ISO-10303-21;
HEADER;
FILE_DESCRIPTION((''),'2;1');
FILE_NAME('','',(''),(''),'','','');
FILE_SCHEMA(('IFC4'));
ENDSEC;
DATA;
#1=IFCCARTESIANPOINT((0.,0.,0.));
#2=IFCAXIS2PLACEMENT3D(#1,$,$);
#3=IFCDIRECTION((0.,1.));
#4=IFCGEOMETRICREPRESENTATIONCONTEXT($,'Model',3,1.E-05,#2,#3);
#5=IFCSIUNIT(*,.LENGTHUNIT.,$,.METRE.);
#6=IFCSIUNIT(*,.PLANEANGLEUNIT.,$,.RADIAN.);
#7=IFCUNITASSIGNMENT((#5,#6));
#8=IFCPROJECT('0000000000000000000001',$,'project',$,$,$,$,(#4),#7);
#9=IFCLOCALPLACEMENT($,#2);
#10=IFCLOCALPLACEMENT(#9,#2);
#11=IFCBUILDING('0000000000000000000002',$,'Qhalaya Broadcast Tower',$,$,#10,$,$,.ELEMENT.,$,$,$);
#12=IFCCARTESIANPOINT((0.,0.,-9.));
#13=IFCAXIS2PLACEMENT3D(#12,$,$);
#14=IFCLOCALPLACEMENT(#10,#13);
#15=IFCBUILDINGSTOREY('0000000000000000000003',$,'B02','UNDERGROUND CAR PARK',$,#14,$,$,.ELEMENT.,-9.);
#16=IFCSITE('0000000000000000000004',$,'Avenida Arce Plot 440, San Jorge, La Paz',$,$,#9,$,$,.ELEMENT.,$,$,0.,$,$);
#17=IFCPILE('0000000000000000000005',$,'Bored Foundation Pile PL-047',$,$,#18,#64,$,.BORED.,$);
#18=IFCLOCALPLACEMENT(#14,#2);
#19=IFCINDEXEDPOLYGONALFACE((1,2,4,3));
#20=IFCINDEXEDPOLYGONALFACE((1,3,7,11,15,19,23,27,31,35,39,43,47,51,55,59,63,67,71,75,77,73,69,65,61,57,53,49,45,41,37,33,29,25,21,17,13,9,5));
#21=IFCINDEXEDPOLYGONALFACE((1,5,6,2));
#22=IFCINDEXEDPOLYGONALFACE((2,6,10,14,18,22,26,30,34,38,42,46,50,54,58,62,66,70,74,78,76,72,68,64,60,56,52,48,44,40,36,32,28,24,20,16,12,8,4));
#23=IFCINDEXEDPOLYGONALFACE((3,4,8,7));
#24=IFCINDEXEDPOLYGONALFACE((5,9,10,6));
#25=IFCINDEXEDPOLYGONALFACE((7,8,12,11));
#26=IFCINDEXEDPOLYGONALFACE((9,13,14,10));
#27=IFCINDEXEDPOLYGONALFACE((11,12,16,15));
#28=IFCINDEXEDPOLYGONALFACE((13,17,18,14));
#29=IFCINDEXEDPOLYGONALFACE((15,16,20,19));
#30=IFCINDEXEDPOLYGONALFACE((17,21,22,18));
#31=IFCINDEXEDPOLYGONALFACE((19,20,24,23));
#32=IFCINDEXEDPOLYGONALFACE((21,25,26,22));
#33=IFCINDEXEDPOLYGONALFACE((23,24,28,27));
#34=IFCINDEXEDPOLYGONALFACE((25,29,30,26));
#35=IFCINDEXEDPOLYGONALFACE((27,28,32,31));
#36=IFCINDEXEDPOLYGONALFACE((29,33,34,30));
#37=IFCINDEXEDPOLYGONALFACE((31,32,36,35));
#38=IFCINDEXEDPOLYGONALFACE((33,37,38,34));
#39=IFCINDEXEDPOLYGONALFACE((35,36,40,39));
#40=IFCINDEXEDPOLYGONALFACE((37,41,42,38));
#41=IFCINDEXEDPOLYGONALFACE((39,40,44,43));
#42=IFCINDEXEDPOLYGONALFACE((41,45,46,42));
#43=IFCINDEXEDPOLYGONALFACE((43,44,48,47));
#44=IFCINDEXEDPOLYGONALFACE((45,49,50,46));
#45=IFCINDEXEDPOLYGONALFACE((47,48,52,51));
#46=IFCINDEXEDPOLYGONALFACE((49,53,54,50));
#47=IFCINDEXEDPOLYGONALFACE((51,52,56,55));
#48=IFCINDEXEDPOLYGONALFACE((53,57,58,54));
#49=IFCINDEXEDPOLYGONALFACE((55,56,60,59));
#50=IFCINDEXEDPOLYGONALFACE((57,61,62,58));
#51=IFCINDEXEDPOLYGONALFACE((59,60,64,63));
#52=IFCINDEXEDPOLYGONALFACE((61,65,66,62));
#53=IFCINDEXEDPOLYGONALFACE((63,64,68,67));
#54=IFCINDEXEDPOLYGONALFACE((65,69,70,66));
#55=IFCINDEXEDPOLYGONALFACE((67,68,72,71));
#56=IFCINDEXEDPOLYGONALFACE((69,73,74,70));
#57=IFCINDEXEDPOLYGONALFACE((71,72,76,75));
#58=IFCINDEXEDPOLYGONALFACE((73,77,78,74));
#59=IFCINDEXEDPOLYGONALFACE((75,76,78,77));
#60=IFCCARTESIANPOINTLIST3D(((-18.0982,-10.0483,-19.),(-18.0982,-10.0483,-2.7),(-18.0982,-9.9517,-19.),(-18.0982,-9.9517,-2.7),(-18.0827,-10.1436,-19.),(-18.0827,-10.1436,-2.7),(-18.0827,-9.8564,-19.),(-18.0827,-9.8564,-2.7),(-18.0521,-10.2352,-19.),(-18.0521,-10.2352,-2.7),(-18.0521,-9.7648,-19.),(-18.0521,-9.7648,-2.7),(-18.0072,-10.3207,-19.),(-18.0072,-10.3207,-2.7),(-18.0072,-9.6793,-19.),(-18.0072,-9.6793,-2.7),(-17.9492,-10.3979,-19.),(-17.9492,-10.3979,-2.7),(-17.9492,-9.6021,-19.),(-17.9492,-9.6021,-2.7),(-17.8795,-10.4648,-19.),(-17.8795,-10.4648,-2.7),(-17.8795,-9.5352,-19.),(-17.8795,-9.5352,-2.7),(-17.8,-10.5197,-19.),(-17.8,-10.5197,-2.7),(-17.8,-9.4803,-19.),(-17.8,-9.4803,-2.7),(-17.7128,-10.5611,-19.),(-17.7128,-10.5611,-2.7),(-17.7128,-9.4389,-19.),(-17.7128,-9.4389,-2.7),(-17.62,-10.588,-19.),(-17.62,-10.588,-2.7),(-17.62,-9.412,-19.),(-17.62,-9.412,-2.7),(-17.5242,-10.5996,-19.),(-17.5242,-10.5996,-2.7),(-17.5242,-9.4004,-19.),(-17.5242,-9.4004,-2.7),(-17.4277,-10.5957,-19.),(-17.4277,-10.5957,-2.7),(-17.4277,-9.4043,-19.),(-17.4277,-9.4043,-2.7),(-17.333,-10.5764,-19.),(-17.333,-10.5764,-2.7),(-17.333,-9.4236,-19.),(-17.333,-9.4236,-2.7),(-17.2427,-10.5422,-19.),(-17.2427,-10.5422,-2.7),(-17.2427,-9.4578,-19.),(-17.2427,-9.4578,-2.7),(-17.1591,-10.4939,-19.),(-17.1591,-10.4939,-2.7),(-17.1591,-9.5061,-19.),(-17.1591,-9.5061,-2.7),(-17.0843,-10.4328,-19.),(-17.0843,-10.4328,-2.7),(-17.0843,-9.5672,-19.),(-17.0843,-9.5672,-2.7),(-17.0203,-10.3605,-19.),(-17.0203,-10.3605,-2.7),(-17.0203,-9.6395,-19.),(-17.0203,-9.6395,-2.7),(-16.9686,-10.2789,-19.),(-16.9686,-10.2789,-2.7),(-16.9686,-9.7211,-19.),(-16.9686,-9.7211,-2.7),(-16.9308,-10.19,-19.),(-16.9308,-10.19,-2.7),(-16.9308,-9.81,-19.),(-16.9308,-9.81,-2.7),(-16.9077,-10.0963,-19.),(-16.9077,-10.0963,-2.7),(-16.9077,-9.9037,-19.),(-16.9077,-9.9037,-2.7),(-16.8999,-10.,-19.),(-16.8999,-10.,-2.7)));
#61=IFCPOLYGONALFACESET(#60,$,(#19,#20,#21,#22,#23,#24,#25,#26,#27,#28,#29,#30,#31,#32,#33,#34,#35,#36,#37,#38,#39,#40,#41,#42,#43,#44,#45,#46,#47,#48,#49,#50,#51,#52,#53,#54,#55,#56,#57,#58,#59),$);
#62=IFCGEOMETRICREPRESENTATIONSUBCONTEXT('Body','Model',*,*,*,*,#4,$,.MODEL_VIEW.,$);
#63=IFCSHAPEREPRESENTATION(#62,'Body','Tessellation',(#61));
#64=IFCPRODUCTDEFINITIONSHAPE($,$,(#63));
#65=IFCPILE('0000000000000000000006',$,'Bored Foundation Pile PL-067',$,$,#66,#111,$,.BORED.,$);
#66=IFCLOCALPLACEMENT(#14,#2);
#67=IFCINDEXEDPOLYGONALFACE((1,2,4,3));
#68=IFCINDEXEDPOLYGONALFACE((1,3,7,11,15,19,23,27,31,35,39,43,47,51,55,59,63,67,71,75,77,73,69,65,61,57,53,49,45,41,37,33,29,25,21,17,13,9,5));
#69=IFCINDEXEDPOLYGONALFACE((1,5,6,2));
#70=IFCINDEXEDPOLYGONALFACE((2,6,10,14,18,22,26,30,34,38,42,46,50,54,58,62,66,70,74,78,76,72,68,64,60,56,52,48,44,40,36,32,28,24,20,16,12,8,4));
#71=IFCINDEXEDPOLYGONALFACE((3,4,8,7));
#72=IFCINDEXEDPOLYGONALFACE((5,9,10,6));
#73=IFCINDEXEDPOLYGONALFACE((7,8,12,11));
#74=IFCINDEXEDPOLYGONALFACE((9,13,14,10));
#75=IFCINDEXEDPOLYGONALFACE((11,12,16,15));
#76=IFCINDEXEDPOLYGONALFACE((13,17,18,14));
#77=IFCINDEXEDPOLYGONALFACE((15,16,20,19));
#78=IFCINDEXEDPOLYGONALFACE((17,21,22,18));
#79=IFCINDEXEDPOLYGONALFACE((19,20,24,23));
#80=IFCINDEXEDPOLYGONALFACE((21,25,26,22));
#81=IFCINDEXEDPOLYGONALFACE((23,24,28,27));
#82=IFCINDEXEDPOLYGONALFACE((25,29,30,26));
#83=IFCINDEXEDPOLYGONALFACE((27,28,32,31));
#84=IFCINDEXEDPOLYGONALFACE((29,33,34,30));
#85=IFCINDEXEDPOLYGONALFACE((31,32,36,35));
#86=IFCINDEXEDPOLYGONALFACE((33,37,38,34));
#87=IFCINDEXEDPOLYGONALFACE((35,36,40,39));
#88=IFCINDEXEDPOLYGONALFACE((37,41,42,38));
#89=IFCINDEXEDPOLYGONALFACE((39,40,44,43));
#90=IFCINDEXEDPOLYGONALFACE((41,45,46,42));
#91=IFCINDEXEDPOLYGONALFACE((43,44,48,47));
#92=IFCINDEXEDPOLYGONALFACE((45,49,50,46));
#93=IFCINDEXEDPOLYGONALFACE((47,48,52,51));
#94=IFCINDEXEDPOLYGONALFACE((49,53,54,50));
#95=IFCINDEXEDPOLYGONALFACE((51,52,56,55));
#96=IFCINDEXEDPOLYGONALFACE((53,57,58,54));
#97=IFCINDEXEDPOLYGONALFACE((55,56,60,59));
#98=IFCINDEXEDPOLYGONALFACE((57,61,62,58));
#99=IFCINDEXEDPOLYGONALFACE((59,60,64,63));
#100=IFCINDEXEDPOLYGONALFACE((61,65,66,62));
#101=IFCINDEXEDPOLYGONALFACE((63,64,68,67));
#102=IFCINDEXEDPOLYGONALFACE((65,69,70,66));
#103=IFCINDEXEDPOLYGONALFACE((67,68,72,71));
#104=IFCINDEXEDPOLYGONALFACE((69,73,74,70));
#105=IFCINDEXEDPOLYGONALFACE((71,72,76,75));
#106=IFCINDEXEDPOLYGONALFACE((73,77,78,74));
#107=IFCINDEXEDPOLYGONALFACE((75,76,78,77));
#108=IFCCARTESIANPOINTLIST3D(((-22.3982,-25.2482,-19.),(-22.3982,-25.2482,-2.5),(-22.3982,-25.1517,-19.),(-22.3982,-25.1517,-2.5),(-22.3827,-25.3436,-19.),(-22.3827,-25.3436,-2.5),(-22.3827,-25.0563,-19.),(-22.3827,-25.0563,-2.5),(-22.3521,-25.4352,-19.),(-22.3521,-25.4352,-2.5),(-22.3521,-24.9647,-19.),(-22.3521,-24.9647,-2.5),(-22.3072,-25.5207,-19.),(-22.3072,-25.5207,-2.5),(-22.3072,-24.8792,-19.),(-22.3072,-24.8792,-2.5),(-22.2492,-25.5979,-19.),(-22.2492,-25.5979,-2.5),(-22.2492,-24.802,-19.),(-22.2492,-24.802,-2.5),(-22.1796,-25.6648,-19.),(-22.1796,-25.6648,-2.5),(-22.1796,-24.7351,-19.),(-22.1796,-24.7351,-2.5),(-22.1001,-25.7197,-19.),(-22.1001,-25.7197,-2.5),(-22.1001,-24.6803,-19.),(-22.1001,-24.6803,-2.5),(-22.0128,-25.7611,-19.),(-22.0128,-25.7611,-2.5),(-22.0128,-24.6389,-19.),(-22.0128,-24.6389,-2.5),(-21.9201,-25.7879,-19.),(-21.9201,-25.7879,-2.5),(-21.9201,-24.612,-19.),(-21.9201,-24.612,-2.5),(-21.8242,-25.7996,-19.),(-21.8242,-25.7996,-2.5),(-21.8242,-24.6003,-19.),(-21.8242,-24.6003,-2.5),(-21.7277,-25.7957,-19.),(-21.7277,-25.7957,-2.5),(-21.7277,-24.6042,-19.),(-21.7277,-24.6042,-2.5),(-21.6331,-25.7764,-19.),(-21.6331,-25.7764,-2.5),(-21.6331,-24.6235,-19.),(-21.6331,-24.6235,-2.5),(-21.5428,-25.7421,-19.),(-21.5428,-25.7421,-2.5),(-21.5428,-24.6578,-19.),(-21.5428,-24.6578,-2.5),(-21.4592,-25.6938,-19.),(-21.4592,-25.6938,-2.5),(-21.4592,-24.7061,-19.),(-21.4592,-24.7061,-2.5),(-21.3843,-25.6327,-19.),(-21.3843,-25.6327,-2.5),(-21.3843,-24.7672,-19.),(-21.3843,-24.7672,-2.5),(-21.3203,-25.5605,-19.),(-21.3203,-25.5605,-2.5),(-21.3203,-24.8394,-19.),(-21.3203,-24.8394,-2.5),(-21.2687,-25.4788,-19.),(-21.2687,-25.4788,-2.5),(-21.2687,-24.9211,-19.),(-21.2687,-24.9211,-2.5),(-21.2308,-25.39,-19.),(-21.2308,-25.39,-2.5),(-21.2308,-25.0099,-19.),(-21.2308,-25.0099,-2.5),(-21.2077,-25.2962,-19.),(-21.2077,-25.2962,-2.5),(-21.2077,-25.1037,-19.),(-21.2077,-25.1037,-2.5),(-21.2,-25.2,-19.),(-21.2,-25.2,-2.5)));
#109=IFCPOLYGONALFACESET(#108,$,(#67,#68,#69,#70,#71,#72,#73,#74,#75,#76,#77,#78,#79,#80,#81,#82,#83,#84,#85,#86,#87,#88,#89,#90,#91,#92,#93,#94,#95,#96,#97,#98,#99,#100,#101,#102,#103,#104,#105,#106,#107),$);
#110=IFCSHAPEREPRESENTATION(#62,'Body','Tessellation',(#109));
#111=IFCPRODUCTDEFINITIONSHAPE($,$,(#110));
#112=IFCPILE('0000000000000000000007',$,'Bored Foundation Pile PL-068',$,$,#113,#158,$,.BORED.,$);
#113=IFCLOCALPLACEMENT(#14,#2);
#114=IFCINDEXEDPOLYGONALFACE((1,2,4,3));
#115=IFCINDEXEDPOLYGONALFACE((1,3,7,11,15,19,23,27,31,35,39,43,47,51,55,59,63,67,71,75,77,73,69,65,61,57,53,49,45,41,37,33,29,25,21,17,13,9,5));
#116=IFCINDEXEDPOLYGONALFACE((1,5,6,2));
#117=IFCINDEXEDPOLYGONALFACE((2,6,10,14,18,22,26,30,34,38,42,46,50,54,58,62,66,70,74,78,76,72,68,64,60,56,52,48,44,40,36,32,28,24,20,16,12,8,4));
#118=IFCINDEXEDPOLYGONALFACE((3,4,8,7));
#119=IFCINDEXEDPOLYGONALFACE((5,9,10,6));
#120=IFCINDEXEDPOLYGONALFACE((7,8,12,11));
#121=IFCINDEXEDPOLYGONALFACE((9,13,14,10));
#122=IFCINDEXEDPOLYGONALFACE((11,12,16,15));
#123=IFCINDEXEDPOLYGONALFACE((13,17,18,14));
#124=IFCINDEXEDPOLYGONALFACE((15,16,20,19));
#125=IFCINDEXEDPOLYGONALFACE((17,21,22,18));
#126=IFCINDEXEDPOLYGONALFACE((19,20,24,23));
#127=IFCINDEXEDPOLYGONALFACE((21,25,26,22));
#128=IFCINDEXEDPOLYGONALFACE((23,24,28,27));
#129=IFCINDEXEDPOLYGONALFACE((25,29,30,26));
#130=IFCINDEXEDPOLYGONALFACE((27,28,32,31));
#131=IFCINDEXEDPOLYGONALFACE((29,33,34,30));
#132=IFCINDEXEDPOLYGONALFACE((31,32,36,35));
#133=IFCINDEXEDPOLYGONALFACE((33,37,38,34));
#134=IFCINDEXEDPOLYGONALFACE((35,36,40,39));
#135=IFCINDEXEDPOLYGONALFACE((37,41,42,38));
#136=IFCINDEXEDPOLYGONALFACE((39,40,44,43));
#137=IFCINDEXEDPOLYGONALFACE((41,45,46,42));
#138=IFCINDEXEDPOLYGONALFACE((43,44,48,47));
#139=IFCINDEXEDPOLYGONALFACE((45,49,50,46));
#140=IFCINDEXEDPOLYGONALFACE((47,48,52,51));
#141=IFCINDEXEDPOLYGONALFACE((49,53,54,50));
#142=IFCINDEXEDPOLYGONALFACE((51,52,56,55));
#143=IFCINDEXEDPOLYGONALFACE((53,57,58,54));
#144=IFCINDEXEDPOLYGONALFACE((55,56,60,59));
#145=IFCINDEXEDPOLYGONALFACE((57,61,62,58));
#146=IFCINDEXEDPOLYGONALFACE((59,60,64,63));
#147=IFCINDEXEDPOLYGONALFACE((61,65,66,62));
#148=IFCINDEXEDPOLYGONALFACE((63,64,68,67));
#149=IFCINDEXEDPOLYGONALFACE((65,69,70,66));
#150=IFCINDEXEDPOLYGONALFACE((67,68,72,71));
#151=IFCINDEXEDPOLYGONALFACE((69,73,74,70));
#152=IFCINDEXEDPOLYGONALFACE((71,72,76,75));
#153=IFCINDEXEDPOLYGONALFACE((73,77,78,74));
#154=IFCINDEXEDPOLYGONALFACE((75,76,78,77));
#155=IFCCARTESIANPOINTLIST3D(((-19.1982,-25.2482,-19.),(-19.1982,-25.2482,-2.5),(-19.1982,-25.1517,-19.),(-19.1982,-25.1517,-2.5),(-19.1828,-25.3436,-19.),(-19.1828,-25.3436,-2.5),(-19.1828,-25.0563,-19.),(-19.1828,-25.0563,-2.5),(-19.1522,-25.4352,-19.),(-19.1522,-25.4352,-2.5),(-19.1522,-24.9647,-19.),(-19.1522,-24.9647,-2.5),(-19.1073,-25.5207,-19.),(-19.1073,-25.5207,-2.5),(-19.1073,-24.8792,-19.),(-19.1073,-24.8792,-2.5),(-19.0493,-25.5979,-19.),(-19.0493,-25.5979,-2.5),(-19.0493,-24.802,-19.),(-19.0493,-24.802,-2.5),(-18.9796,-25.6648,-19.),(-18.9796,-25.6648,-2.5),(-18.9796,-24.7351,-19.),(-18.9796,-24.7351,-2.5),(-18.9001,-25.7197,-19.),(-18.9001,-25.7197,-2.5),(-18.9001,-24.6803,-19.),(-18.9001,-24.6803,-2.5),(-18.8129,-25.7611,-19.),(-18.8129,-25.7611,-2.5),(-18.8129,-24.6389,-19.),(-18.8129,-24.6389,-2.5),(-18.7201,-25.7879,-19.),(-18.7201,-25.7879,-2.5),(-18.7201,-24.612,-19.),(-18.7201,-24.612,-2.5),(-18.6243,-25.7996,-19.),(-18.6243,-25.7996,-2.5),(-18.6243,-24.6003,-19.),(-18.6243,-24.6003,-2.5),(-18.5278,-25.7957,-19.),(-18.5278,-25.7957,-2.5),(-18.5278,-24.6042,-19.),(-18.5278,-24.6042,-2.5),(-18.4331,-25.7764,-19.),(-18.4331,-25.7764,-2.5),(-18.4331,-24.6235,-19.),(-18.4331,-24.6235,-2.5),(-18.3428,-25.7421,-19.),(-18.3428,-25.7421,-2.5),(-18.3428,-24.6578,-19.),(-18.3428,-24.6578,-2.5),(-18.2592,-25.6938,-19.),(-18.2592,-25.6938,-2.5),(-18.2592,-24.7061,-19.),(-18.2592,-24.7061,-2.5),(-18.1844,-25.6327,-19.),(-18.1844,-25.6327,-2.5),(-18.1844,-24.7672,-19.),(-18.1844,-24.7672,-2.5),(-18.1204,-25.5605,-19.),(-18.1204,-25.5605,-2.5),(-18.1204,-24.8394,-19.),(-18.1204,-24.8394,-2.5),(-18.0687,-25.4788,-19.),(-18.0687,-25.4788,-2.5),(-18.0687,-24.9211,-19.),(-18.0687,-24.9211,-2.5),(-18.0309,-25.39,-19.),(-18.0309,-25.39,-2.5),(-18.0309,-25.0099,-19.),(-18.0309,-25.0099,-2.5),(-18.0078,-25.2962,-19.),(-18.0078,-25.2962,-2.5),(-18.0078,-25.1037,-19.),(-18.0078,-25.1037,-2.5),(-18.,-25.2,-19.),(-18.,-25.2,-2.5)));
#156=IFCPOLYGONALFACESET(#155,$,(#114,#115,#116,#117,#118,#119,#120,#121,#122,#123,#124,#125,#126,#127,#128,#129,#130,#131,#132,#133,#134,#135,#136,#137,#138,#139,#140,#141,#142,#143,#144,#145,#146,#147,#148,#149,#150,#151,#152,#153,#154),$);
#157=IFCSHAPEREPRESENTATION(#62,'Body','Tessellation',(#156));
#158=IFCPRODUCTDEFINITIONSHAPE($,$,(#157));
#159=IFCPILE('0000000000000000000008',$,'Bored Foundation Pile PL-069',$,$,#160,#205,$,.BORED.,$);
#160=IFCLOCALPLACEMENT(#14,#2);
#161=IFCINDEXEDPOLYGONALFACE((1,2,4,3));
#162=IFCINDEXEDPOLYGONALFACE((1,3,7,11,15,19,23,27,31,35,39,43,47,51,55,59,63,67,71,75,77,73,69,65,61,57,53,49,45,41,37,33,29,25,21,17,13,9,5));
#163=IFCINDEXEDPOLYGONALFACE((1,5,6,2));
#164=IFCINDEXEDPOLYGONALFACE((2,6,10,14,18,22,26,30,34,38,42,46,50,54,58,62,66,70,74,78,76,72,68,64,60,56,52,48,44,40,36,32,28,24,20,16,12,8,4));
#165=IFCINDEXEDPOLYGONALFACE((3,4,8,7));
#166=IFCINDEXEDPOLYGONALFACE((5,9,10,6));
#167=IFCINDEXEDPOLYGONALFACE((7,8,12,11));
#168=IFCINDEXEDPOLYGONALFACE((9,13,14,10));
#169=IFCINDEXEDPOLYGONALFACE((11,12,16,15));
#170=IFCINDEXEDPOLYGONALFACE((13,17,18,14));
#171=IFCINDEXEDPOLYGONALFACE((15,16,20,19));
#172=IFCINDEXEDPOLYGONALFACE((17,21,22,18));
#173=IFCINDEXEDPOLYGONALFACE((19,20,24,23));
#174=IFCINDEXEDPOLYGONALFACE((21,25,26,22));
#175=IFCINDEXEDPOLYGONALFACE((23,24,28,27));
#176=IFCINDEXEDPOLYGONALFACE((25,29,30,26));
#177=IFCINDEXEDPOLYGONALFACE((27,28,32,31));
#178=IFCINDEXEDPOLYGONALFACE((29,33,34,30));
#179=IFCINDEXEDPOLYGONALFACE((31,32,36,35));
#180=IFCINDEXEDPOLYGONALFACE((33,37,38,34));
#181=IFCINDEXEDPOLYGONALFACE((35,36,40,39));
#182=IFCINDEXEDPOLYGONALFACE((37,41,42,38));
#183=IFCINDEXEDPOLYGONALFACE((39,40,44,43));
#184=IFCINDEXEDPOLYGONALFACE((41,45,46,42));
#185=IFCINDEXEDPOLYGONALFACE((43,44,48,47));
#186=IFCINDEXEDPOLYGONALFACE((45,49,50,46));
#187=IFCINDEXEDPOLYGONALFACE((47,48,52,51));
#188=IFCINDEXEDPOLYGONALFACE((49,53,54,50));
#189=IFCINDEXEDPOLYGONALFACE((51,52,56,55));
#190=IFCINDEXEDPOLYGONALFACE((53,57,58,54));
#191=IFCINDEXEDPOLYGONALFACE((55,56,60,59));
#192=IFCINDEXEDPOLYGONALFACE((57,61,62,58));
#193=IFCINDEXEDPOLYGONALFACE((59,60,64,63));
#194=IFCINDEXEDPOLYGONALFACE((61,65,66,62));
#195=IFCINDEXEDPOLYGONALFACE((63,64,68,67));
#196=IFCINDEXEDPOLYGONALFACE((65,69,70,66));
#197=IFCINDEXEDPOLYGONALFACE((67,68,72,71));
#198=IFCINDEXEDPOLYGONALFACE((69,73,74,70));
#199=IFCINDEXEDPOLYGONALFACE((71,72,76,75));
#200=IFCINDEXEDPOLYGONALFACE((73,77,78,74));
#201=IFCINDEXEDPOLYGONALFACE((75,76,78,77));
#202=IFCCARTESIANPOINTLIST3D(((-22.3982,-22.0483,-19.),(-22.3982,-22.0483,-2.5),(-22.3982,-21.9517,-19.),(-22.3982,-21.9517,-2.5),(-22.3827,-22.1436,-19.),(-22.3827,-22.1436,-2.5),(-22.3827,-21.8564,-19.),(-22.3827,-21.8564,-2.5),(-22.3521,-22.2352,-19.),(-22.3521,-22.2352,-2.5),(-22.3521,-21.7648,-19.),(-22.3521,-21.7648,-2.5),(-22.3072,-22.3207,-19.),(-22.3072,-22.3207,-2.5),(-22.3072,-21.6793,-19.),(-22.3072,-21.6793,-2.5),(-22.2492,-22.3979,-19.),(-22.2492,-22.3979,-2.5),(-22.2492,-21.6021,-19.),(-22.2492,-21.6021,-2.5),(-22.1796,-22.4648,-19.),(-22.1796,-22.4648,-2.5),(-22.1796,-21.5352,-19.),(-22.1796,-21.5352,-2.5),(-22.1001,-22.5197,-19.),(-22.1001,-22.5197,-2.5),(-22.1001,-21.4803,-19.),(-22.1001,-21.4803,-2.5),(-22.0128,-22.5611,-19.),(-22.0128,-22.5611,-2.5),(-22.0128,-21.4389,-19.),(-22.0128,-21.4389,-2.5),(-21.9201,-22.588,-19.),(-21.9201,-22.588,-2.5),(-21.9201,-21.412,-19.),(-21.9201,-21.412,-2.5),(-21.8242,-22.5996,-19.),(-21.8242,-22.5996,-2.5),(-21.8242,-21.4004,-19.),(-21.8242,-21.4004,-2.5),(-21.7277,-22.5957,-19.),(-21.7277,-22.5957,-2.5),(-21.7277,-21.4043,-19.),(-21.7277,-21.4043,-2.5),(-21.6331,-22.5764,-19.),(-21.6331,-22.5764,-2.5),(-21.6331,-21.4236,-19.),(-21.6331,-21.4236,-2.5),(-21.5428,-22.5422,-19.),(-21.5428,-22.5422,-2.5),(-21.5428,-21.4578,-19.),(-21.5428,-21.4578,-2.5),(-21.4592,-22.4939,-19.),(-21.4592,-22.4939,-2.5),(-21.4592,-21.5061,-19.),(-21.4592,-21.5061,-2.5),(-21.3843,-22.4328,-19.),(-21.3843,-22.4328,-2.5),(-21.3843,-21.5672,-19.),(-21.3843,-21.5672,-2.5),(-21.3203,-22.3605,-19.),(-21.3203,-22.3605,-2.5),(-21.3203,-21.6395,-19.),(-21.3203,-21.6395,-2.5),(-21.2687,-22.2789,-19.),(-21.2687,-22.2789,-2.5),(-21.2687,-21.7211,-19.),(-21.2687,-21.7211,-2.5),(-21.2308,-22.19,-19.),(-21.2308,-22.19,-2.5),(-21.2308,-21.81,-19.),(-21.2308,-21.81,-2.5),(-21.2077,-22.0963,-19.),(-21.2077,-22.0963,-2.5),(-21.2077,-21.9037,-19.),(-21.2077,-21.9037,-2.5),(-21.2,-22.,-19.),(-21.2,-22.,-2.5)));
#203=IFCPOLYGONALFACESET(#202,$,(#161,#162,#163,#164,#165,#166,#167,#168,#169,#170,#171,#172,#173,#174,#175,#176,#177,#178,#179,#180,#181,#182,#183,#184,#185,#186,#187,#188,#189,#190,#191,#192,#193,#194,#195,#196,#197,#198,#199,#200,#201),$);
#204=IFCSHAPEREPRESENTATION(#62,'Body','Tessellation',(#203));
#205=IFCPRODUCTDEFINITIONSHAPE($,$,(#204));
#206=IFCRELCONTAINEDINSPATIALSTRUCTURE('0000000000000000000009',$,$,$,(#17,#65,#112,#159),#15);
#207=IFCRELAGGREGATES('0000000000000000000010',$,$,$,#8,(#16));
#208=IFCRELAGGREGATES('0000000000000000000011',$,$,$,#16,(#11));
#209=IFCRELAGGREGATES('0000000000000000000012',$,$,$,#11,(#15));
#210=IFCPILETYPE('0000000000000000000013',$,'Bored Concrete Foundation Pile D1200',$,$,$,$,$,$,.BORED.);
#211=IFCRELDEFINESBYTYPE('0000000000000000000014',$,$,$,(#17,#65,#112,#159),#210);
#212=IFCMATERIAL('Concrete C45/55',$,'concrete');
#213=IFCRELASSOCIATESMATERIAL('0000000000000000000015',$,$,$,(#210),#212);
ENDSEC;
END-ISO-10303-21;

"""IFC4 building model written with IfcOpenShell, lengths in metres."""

from ifc_helpers import new_model, si_unit, direction, frame, origin, origin_2d, place, context, subcontext, project, spatial, circle, extrude, material, material_profile, profile_set, type_object, element, save


model = new_model("IFC4")

# Units and contexts
model_context = context("Model", 3, precision=1e-05, world=origin(), true_north=direction((0.0, 1.0)))
body_context = subcontext(model_context, "Body", "Model", "MODEL_VIEW")
ifc_project = project(units=[si_unit("LENGTHUNIT", "METRE"), si_unit("PLANEANGLEUNIT", "RADIAN")], contexts=[model_context])

# Site, building, storey
site_placement = place(None, origin())
site = spatial("IfcSite", under=ifc_project, at=site_placement, Name="Avenida Arce Plot 440, San Jorge, La Paz", CompositionType="ELEMENT", RefElevation=0.0)
building_placement = place(site_placement, origin())
building = spatial("IfcBuilding", under=site, at=building_placement, Name="Qhalaya Broadcast Tower", CompositionType="ELEMENT")
storey_placement = place(building_placement, frame((0.0, 0.0, -9.0)))
storey = spatial("IfcBuildingStorey", under=building, at=storey_placement, Name="B02", Description="UNDERGROUND CAR PARK", CompositionType="ELEMENT", Elevation=-9.0)

# Piles
ifc_material_1 = material(Name="Concrete C45/55", Category="concrete")
ifc_material_profile_1 = material_profile(ifc_material_1, circle(Radius=0.6001, at=origin_2d()), Name="PILE D1200")
ifc_profile_set_1 = profile_set([ifc_material_profile_1], Name="Concrete C45/55")
pile_type = type_object("IfcPileType", Name="Bored Concrete Foundation Pile D1200", PredefinedType="BORED", material=ifc_profile_set_1)
for number, where, z_axis, x_axis, name in (
    (1, (-17.5, -10.0, -2.7), (0.0, 0.0, -1.0), (1.0, 0.0, 0.0), "Bored Foundation Pile PL-047"),
):
    element("IfcPile", number, at=place(storey_placement, frame(where, z_axis=z_axis, x_axis=x_axis)), inside=storey, type_object=pile_type, Name=name, PredefinedType="BORED", context=body_context, shape_type="SweptSolid", body=[
        extrude(circle(Radius=0.6001, at=origin_2d()), origin(), (0.0, 0.0, 1.0), 16.3),
    ])
for number, where, z_axis, x_axis, name in (
    (2, (-21.8, -25.2, -2.5), (0.0, 0.0, -1.0), (1.0, 0.0, 0.0), "Bored Foundation Pile PL-067"),
    (3, (-18.6001, -25.2, -2.5), (0.0, 0.0, -1.0), (1.0, 0.0, 0.0), "Bored Foundation Pile PL-068"),
    (4, (-21.8, -22.0, -2.5), (0.0, 0.0, -1.0), (1.0, 0.0, 0.0), "Bored Foundation Pile PL-069"),
):
    element("IfcPile", number, at=place(storey_placement, frame(where, z_axis=z_axis, x_axis=x_axis)), inside=storey, type_object=pile_type, Name=name, PredefinedType="BORED", context=body_context, shape_type="SweptSolid", body=[
        extrude(circle(Radius=0.6001, at=origin_2d()), origin(), (0.0, 0.0, 1.0), 16.5),
    ])

save(model, "model.ifc")
